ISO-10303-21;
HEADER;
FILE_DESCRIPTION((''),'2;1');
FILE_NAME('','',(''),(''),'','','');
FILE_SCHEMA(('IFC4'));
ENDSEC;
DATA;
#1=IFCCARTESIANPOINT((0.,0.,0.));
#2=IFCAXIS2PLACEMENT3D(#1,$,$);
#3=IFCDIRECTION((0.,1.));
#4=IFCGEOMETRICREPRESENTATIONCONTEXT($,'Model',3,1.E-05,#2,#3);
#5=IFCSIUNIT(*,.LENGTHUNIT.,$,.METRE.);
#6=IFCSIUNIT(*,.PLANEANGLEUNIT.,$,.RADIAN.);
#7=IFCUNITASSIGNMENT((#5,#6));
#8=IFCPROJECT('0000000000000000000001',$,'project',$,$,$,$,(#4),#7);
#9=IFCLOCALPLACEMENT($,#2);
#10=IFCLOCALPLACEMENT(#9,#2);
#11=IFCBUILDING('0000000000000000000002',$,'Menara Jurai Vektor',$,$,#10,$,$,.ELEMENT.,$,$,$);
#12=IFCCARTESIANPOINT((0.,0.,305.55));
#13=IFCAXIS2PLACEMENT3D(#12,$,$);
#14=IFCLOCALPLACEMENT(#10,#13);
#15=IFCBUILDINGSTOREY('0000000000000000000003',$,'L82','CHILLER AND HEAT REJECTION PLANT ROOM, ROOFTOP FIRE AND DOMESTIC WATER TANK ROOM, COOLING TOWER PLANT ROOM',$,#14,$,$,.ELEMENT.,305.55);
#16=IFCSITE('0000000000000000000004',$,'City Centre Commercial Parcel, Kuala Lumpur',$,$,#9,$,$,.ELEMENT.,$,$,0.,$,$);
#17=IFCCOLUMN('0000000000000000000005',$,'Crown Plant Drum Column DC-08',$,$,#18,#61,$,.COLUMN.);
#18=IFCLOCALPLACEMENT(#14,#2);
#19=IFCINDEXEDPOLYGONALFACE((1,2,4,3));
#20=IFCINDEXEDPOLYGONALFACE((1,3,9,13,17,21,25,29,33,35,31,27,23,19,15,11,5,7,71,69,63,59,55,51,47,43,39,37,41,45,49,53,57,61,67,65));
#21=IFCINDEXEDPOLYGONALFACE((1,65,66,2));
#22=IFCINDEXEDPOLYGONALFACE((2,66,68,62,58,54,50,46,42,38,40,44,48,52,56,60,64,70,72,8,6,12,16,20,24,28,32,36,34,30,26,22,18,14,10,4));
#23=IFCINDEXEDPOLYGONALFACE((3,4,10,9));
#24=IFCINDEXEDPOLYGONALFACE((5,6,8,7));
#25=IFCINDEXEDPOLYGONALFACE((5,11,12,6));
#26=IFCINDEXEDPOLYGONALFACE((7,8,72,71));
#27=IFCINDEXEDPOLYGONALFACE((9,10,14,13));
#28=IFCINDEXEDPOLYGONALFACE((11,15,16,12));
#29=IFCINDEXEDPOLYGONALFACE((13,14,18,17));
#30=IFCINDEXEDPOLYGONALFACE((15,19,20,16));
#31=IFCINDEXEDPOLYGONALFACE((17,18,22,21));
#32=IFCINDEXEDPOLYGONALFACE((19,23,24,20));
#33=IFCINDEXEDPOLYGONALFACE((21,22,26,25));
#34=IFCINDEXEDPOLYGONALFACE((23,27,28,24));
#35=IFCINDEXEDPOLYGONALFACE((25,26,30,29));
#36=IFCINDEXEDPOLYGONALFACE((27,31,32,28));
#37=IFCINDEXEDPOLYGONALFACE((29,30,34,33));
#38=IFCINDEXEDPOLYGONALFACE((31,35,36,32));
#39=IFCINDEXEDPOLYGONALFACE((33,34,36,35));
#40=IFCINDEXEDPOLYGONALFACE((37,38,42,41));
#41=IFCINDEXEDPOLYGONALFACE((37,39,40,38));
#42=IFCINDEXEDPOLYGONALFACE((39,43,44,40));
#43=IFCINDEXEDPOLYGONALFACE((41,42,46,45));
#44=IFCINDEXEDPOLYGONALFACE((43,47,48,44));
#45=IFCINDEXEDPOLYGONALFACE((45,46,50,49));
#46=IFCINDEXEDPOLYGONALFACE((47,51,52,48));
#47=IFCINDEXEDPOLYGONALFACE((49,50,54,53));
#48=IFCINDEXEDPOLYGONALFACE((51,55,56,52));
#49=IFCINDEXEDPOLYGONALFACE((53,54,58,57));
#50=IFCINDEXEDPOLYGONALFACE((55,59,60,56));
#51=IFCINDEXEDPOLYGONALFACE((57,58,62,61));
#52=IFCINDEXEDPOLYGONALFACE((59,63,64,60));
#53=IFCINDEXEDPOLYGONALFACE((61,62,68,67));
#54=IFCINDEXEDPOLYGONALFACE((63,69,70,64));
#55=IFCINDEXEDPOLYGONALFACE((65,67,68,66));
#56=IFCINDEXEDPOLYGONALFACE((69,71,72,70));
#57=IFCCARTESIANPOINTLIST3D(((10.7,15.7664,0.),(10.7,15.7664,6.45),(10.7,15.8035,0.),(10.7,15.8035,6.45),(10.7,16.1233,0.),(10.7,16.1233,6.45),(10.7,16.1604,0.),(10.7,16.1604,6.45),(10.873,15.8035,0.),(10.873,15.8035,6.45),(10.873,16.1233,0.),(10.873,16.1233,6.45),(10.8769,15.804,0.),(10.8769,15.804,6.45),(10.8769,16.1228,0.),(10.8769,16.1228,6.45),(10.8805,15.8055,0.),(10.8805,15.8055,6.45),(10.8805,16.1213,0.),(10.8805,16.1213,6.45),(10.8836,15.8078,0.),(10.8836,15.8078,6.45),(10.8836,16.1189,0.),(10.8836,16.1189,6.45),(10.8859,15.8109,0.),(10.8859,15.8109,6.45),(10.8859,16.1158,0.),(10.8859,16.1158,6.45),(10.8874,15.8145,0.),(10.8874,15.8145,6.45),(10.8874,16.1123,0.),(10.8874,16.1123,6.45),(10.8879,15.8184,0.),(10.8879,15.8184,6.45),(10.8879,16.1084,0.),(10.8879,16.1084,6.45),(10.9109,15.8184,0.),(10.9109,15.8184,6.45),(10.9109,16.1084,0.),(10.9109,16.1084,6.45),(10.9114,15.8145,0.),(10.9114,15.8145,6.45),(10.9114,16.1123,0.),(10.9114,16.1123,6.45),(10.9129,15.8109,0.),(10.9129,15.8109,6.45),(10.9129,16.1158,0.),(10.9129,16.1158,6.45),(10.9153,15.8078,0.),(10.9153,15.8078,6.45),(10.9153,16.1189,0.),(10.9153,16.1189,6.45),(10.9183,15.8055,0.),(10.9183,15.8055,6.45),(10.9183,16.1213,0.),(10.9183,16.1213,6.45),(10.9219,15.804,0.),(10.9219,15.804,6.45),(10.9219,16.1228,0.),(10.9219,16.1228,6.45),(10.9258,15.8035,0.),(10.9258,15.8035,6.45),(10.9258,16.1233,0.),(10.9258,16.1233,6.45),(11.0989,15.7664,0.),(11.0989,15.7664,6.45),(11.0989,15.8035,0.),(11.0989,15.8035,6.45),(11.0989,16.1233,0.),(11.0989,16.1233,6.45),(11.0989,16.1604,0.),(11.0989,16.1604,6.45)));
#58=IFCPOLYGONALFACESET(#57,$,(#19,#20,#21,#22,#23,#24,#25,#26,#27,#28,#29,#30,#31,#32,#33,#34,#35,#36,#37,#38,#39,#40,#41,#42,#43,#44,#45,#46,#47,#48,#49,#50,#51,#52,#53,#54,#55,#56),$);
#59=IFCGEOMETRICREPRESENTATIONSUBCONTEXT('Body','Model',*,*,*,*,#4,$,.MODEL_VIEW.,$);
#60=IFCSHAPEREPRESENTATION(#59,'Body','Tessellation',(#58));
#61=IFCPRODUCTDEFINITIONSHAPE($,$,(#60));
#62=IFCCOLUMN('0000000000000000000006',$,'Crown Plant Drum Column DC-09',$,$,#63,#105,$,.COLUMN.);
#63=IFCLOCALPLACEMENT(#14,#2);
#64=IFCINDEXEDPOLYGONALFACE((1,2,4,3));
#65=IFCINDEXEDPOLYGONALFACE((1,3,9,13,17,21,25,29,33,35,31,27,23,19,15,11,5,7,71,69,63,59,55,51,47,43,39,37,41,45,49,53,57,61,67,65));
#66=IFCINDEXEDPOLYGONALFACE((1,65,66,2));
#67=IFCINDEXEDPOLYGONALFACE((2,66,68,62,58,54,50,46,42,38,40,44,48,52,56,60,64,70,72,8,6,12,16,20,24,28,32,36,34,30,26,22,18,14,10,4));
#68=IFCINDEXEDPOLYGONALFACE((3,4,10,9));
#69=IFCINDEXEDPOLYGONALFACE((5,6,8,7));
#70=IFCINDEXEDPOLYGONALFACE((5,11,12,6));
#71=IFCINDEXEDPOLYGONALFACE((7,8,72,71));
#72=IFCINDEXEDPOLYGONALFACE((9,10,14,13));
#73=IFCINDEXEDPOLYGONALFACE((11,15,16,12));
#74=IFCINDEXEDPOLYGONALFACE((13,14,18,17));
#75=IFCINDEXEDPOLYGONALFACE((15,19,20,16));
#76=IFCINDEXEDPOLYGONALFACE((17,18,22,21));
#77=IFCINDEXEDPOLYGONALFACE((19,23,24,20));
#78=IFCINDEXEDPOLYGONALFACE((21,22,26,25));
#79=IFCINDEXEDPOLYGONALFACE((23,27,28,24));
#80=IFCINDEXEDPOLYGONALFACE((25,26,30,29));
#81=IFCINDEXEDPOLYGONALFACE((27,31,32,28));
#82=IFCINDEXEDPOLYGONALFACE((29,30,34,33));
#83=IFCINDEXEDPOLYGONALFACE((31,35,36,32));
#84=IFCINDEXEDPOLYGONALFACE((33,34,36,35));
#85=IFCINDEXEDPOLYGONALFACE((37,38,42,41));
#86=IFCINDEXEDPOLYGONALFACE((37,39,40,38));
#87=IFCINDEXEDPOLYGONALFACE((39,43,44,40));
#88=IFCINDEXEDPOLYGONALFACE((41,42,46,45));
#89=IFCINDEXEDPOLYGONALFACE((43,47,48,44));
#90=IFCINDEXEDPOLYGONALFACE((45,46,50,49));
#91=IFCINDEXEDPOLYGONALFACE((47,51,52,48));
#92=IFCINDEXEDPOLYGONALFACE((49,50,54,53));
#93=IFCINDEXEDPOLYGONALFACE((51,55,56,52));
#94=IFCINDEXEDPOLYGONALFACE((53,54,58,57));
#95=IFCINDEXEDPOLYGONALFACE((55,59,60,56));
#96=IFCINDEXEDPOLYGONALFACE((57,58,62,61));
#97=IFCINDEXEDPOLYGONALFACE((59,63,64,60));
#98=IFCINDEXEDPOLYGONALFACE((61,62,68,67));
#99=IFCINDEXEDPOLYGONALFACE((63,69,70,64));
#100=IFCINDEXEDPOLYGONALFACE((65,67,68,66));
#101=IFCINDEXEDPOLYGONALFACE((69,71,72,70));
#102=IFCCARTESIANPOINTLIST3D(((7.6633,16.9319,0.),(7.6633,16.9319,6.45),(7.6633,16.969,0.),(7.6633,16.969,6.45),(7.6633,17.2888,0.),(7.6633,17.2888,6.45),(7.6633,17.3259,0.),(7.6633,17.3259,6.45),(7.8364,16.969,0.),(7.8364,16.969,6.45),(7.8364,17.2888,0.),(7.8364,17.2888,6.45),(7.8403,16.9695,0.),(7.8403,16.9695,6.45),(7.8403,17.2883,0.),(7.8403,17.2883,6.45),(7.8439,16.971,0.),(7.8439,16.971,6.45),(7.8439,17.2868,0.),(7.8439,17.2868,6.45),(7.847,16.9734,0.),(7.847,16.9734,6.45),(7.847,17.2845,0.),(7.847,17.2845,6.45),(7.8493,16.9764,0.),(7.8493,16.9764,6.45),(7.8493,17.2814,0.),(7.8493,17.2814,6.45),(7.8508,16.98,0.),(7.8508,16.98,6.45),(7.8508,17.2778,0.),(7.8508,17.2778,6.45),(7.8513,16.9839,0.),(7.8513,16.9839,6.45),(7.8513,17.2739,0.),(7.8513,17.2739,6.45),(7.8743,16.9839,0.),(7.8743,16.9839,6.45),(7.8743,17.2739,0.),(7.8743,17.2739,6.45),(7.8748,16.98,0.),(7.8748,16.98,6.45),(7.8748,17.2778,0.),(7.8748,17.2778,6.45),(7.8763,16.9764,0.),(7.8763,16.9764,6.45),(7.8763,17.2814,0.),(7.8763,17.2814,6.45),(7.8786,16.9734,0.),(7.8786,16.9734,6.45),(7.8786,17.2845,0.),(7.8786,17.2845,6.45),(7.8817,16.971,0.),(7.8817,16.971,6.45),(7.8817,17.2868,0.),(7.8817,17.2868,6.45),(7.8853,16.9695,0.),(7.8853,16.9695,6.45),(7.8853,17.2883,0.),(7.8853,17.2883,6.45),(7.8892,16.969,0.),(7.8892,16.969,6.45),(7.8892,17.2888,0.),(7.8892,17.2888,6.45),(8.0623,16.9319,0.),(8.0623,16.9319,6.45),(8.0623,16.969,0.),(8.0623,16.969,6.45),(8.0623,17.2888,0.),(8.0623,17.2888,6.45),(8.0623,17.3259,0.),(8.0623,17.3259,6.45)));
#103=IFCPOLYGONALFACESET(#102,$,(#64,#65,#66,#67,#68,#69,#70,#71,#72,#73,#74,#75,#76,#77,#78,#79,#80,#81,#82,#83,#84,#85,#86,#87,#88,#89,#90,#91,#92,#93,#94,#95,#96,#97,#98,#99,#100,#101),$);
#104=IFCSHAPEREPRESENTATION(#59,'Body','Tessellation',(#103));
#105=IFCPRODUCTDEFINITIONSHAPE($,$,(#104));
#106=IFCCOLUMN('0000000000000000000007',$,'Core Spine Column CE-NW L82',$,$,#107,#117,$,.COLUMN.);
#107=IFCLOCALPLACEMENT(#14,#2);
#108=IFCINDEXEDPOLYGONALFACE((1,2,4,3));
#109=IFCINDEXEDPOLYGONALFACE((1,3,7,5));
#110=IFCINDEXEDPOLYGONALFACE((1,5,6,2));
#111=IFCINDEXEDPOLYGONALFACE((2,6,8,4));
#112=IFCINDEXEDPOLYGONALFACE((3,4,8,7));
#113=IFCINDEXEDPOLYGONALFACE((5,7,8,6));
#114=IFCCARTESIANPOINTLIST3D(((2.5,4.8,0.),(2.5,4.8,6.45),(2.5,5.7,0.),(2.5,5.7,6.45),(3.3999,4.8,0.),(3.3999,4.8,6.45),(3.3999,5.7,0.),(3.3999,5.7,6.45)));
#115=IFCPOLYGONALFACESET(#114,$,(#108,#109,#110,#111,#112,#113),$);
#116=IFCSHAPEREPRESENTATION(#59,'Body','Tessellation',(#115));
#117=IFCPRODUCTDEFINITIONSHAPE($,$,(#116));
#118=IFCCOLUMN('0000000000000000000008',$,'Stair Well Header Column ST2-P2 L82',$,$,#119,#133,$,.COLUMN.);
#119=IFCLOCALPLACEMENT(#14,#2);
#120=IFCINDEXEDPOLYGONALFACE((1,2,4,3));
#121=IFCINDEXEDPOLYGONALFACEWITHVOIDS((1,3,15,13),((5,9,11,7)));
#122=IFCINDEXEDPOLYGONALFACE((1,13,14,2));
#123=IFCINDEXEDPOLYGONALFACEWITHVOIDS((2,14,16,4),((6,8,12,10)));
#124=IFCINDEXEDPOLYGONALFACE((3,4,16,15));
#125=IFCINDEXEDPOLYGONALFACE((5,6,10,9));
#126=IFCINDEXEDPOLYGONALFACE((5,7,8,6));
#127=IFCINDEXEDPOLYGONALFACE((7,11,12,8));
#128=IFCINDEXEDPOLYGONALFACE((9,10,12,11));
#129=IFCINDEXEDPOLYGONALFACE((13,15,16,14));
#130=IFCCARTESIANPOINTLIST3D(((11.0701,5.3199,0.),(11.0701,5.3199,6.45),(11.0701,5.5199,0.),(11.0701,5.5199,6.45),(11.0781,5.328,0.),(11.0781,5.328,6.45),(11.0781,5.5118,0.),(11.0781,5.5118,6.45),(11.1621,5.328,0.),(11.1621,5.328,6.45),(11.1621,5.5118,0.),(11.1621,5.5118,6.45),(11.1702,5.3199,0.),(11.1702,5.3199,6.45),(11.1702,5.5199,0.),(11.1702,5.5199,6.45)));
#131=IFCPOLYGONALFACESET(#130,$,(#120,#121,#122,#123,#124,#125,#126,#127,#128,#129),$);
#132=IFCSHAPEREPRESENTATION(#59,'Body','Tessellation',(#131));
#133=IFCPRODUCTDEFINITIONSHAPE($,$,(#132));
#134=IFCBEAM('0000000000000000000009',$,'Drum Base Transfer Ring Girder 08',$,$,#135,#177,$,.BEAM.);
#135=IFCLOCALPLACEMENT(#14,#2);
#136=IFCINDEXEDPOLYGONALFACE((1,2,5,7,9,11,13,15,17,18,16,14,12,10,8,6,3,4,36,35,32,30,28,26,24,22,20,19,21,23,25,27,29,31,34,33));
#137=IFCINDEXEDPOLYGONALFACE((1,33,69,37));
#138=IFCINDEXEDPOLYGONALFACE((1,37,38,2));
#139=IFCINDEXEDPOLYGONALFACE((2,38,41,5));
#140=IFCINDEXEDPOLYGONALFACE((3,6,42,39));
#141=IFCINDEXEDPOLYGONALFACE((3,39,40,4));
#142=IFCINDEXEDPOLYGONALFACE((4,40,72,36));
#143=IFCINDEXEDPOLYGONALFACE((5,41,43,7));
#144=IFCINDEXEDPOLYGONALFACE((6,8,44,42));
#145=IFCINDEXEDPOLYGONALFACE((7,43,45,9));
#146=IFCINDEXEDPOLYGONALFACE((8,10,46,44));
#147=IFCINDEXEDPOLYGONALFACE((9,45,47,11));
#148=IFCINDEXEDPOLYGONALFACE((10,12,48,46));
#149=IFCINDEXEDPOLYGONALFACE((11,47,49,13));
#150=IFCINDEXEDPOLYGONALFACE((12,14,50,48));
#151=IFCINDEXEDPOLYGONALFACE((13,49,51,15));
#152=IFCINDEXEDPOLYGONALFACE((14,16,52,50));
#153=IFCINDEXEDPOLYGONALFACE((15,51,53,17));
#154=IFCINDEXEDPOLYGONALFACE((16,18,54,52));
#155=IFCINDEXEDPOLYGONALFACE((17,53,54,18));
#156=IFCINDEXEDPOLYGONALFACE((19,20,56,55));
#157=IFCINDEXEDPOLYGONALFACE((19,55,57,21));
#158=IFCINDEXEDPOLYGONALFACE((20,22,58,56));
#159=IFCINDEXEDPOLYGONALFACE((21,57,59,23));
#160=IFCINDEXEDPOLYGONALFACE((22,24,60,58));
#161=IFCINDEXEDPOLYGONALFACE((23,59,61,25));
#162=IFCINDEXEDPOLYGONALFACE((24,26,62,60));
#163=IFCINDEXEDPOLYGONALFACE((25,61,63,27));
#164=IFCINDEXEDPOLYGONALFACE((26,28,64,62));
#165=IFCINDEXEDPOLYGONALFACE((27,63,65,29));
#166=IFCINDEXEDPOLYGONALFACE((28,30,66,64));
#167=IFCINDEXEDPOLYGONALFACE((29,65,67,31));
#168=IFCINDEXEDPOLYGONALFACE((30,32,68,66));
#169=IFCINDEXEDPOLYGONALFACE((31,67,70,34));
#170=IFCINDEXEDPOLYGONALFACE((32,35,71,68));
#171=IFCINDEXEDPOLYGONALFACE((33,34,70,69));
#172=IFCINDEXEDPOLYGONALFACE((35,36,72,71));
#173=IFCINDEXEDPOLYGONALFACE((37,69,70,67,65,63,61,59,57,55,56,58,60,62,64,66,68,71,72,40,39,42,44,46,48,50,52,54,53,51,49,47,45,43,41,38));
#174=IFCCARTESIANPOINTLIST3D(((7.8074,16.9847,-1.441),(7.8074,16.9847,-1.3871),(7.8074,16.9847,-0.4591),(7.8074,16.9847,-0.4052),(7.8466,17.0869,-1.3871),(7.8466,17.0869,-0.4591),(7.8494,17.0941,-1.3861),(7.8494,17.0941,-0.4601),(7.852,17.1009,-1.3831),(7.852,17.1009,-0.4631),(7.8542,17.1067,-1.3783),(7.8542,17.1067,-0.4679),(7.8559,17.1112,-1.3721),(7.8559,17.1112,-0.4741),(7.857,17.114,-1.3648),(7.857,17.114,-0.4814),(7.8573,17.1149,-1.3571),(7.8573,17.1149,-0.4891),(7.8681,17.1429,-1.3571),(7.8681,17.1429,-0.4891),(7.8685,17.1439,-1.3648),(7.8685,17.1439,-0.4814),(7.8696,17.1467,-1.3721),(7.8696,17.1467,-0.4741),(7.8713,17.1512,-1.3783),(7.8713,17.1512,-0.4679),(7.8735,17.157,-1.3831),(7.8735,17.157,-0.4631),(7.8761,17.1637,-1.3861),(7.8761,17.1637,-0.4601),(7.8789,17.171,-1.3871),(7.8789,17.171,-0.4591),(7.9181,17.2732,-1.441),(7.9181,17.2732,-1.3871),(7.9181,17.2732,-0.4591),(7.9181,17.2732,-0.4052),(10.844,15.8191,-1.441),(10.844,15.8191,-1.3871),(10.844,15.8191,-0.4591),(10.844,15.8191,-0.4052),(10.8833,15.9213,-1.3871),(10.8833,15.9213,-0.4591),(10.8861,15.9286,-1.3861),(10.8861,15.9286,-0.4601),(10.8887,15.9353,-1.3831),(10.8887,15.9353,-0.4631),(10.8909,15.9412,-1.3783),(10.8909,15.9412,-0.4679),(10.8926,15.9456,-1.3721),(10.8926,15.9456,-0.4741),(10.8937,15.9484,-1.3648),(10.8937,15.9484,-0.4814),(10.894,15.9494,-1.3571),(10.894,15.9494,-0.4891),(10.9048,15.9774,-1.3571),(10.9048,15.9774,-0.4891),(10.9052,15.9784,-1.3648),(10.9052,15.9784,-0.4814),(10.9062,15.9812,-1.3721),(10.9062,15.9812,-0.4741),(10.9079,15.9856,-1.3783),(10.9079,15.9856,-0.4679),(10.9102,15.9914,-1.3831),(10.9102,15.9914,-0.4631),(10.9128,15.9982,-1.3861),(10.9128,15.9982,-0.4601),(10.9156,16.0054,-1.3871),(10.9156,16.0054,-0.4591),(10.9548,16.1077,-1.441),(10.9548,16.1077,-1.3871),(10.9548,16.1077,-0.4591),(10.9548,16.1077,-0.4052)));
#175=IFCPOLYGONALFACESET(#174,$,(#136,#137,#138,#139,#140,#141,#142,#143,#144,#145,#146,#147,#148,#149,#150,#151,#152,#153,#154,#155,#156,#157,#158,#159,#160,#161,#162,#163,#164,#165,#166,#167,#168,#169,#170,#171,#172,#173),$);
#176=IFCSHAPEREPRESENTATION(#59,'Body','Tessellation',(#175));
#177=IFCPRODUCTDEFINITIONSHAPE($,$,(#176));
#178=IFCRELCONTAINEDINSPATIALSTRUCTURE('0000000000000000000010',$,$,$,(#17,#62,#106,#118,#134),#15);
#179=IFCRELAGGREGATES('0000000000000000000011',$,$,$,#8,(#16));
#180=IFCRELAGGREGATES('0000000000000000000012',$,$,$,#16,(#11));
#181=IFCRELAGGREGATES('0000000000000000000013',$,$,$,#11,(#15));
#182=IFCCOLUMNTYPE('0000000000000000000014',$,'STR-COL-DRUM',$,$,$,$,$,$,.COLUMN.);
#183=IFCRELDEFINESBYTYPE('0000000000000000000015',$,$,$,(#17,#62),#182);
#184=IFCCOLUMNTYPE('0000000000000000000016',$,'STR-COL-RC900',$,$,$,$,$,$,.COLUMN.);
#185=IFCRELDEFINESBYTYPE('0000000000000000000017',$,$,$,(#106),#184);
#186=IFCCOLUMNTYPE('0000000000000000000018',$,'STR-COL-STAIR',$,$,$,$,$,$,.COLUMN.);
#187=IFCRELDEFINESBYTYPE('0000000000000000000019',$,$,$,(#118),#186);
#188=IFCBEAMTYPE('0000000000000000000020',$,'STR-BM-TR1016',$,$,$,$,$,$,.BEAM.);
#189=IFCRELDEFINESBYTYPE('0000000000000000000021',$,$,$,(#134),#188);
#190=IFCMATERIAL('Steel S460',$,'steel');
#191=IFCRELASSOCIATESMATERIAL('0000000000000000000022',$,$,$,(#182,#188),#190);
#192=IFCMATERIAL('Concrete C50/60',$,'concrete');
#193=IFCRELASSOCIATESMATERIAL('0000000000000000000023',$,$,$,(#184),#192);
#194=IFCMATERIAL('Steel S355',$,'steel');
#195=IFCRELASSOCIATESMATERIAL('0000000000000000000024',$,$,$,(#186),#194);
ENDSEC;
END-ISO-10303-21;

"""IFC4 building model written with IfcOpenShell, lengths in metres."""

from ifc_helpers import new_model, si_unit, direction, frame, origin, origin_2d, place, context, subcontext, project, spatial, rectangle, hollow_rectangle, i_section, extrude, material, material_profile, profile_set, type_object, element, save


model = new_model("IFC4")

# Units and contexts
model_context = context("Model", 3, precision=1e-05, world=origin(), true_north=direction((0.0, 1.0)))
body_context = subcontext(model_context, "Body", "Model", "MODEL_VIEW")
ifc_project = project(units=[si_unit("LENGTHUNIT", "METRE"), si_unit("PLANEANGLEUNIT", "RADIAN")], contexts=[model_context])

# Site, building, storey
site_placement = place(None, origin())
site = spatial("IfcSite", under=ifc_project, at=site_placement, Name="City Centre Commercial Parcel, Kuala Lumpur", CompositionType="ELEMENT", RefElevation=0.0)
building_placement = place(site_placement, origin())
building = spatial("IfcBuilding", under=site, at=building_placement, Name="Menara Jurai Vektor", CompositionType="ELEMENT")
storey_placement = place(building_placement, frame((0.0, 0.0, 305.55)))
storey = spatial("IfcBuildingStorey", under=building, at=storey_placement, Name="L82", Description="CHILLER AND HEAT REJECTION PLANT ROOM, ROOFTOP FIRE AND DOMESTIC WATER TANK ROOM, COOLING TOWER PLANT ROOM", CompositionType="ELEMENT", Elevation=305.55)

# Columns
ifc_material_1 = material(Name="Steel S460", Category="steel")
ifc_material_profile_1 = material_profile(ifc_material_1, i_section(OverallWidth=0.3989, OverallDepth=0.394, WebThickness=0.0229, FlangeThickness=0.0371, FilletRadius=0.0149, at=origin_2d()), Name="UKC 356x406x287")
ifc_profile_set_1 = profile_set([ifc_material_profile_1], Name="Steel S460")
column_type_1 = type_object("IfcColumnType", Name="STR-COL-DRUM", PredefinedType="COLUMN", material=ifc_profile_set_1)
for number, where, z_axis, x_axis, name in (
    (1, (10.8994, 15.9634, 0.0), (0.0, 0.0, 1.0), (1.0, 0.0, 0.0), "Crown Plant Drum Column DC-08"),
    (2, (7.8628, 17.1289, 0.0), (0.0, 0.0, 1.0), (1.0, 0.0, 0.0), "Crown Plant Drum Column DC-09"),
):
    element("IfcColumn", number, at=place(storey_placement, frame(where, z_axis=z_axis, x_axis=x_axis)), inside=storey, type_object=column_type_1, Name=name, PredefinedType="COLUMN", context=body_context, shape_type="SweptSolid", body=[
        extrude(i_section(OverallWidth=0.3989, OverallDepth=0.394, WebThickness=0.0229, FlangeThickness=0.0371, FilletRadius=0.0149, at=origin_2d()), origin(), (0.0, 0.0, 1.0), 6.45),
    ])
ifc_material_2 = material(Name="Concrete C50/60", Category="concrete")
ifc_material_profile_2 = material_profile(ifc_material_2, rectangle(XDim=0.8999, YDim=0.8999, at=origin_2d()), Name="RC 900x900")
ifc_profile_set_2 = profile_set([ifc_material_profile_2], Name="Concrete C50/60")
column_type_2 = type_object("IfcColumnType", Name="STR-COL-RC900", PredefinedType="COLUMN", material=ifc_profile_set_2)
column_1_placement = place(storey_placement, frame((2.95, 5.25, 0.0), z_axis=(0.0, 0.0, 1.0), x_axis=(1.0, 0.0, 0.0)))
element("IfcColumn", 3, at=column_1_placement, inside=storey, type_object=column_type_2, Name="Core Spine Column CE-NW L82", PredefinedType="COLUMN", context=body_context, shape_type="SweptSolid", body=[
    extrude(rectangle(XDim=0.8999, YDim=0.8999, at=origin_2d()), origin(), (0.0, 0.0, 1.0), 6.45),
])
ifc_material_3 = material(Name="Steel S355", Category="steel")
ifc_material_profile_3 = material_profile(ifc_material_3, hollow_rectangle(XDim=0.1001, YDim=0.2, WallThickness=0.0081, at=origin_2d()), Name="RHS 200x100x8")
ifc_profile_set_3 = profile_set([ifc_material_profile_3], Name="Steel S355")
column_type_3 = type_object("IfcColumnType", Name="STR-COL-STAIR", PredefinedType="COLUMN", material=ifc_profile_set_3)
column_2_placement = place(storey_placement, frame((11.1201, 5.4199, 0.0), z_axis=(0.0, 0.0, 1.0), x_axis=(1.0, 0.0, 0.0)))
element("IfcColumn", 4, at=column_2_placement, inside=storey, type_object=column_type_3, Name="Stair Well Header Column ST2-P2 L82", PredefinedType="COLUMN", context=body_context, shape_type="SweptSolid", body=[
    extrude(hollow_rectangle(XDim=0.1001, YDim=0.2, WallThickness=0.0081, at=origin_2d()), origin(), (0.0, 0.0, 1.0), 6.45),
])

# Beam
ifc_material_profile_4 = material_profile(ifc_material_1, i_section(OverallWidth=0.3091, OverallDepth=1.0359, WebThickness=0.03, FlangeThickness=0.054, FilletRadius=0.03, at=origin_2d()), Name="UKB 1016x305x487")
ifc_profile_set_4 = profile_set([ifc_material_profile_4], Name="Steel S460")
beam_type_1 = type_object("IfcBeamType", Name="STR-BM-TR1016", PredefinedType="BEAM", material=ifc_profile_set_4)
beam_1_placement = place(storey_placement, frame((10.8994, 15.9634, -0.9231), z_axis=(-0.933593, 0.358335, 0.0), x_axis=(-0.358335, -0.933593, 0.0)))
element("IfcBeam", 5, at=beam_1_placement, inside=storey, type_object=beam_type_1, Name="Drum Base Transfer Ring Girder 08", PredefinedType="BEAM", context=body_context, shape_type="SweptSolid", body=[
    extrude(i_section(OverallWidth=0.3091, OverallDepth=1.0359, WebThickness=0.03, FlangeThickness=0.054, FilletRadius=0.03, at=origin_2d()), origin(), (0.0, 0.0, 1.0), 3.2527),
])

save(model, "model.ifc")
